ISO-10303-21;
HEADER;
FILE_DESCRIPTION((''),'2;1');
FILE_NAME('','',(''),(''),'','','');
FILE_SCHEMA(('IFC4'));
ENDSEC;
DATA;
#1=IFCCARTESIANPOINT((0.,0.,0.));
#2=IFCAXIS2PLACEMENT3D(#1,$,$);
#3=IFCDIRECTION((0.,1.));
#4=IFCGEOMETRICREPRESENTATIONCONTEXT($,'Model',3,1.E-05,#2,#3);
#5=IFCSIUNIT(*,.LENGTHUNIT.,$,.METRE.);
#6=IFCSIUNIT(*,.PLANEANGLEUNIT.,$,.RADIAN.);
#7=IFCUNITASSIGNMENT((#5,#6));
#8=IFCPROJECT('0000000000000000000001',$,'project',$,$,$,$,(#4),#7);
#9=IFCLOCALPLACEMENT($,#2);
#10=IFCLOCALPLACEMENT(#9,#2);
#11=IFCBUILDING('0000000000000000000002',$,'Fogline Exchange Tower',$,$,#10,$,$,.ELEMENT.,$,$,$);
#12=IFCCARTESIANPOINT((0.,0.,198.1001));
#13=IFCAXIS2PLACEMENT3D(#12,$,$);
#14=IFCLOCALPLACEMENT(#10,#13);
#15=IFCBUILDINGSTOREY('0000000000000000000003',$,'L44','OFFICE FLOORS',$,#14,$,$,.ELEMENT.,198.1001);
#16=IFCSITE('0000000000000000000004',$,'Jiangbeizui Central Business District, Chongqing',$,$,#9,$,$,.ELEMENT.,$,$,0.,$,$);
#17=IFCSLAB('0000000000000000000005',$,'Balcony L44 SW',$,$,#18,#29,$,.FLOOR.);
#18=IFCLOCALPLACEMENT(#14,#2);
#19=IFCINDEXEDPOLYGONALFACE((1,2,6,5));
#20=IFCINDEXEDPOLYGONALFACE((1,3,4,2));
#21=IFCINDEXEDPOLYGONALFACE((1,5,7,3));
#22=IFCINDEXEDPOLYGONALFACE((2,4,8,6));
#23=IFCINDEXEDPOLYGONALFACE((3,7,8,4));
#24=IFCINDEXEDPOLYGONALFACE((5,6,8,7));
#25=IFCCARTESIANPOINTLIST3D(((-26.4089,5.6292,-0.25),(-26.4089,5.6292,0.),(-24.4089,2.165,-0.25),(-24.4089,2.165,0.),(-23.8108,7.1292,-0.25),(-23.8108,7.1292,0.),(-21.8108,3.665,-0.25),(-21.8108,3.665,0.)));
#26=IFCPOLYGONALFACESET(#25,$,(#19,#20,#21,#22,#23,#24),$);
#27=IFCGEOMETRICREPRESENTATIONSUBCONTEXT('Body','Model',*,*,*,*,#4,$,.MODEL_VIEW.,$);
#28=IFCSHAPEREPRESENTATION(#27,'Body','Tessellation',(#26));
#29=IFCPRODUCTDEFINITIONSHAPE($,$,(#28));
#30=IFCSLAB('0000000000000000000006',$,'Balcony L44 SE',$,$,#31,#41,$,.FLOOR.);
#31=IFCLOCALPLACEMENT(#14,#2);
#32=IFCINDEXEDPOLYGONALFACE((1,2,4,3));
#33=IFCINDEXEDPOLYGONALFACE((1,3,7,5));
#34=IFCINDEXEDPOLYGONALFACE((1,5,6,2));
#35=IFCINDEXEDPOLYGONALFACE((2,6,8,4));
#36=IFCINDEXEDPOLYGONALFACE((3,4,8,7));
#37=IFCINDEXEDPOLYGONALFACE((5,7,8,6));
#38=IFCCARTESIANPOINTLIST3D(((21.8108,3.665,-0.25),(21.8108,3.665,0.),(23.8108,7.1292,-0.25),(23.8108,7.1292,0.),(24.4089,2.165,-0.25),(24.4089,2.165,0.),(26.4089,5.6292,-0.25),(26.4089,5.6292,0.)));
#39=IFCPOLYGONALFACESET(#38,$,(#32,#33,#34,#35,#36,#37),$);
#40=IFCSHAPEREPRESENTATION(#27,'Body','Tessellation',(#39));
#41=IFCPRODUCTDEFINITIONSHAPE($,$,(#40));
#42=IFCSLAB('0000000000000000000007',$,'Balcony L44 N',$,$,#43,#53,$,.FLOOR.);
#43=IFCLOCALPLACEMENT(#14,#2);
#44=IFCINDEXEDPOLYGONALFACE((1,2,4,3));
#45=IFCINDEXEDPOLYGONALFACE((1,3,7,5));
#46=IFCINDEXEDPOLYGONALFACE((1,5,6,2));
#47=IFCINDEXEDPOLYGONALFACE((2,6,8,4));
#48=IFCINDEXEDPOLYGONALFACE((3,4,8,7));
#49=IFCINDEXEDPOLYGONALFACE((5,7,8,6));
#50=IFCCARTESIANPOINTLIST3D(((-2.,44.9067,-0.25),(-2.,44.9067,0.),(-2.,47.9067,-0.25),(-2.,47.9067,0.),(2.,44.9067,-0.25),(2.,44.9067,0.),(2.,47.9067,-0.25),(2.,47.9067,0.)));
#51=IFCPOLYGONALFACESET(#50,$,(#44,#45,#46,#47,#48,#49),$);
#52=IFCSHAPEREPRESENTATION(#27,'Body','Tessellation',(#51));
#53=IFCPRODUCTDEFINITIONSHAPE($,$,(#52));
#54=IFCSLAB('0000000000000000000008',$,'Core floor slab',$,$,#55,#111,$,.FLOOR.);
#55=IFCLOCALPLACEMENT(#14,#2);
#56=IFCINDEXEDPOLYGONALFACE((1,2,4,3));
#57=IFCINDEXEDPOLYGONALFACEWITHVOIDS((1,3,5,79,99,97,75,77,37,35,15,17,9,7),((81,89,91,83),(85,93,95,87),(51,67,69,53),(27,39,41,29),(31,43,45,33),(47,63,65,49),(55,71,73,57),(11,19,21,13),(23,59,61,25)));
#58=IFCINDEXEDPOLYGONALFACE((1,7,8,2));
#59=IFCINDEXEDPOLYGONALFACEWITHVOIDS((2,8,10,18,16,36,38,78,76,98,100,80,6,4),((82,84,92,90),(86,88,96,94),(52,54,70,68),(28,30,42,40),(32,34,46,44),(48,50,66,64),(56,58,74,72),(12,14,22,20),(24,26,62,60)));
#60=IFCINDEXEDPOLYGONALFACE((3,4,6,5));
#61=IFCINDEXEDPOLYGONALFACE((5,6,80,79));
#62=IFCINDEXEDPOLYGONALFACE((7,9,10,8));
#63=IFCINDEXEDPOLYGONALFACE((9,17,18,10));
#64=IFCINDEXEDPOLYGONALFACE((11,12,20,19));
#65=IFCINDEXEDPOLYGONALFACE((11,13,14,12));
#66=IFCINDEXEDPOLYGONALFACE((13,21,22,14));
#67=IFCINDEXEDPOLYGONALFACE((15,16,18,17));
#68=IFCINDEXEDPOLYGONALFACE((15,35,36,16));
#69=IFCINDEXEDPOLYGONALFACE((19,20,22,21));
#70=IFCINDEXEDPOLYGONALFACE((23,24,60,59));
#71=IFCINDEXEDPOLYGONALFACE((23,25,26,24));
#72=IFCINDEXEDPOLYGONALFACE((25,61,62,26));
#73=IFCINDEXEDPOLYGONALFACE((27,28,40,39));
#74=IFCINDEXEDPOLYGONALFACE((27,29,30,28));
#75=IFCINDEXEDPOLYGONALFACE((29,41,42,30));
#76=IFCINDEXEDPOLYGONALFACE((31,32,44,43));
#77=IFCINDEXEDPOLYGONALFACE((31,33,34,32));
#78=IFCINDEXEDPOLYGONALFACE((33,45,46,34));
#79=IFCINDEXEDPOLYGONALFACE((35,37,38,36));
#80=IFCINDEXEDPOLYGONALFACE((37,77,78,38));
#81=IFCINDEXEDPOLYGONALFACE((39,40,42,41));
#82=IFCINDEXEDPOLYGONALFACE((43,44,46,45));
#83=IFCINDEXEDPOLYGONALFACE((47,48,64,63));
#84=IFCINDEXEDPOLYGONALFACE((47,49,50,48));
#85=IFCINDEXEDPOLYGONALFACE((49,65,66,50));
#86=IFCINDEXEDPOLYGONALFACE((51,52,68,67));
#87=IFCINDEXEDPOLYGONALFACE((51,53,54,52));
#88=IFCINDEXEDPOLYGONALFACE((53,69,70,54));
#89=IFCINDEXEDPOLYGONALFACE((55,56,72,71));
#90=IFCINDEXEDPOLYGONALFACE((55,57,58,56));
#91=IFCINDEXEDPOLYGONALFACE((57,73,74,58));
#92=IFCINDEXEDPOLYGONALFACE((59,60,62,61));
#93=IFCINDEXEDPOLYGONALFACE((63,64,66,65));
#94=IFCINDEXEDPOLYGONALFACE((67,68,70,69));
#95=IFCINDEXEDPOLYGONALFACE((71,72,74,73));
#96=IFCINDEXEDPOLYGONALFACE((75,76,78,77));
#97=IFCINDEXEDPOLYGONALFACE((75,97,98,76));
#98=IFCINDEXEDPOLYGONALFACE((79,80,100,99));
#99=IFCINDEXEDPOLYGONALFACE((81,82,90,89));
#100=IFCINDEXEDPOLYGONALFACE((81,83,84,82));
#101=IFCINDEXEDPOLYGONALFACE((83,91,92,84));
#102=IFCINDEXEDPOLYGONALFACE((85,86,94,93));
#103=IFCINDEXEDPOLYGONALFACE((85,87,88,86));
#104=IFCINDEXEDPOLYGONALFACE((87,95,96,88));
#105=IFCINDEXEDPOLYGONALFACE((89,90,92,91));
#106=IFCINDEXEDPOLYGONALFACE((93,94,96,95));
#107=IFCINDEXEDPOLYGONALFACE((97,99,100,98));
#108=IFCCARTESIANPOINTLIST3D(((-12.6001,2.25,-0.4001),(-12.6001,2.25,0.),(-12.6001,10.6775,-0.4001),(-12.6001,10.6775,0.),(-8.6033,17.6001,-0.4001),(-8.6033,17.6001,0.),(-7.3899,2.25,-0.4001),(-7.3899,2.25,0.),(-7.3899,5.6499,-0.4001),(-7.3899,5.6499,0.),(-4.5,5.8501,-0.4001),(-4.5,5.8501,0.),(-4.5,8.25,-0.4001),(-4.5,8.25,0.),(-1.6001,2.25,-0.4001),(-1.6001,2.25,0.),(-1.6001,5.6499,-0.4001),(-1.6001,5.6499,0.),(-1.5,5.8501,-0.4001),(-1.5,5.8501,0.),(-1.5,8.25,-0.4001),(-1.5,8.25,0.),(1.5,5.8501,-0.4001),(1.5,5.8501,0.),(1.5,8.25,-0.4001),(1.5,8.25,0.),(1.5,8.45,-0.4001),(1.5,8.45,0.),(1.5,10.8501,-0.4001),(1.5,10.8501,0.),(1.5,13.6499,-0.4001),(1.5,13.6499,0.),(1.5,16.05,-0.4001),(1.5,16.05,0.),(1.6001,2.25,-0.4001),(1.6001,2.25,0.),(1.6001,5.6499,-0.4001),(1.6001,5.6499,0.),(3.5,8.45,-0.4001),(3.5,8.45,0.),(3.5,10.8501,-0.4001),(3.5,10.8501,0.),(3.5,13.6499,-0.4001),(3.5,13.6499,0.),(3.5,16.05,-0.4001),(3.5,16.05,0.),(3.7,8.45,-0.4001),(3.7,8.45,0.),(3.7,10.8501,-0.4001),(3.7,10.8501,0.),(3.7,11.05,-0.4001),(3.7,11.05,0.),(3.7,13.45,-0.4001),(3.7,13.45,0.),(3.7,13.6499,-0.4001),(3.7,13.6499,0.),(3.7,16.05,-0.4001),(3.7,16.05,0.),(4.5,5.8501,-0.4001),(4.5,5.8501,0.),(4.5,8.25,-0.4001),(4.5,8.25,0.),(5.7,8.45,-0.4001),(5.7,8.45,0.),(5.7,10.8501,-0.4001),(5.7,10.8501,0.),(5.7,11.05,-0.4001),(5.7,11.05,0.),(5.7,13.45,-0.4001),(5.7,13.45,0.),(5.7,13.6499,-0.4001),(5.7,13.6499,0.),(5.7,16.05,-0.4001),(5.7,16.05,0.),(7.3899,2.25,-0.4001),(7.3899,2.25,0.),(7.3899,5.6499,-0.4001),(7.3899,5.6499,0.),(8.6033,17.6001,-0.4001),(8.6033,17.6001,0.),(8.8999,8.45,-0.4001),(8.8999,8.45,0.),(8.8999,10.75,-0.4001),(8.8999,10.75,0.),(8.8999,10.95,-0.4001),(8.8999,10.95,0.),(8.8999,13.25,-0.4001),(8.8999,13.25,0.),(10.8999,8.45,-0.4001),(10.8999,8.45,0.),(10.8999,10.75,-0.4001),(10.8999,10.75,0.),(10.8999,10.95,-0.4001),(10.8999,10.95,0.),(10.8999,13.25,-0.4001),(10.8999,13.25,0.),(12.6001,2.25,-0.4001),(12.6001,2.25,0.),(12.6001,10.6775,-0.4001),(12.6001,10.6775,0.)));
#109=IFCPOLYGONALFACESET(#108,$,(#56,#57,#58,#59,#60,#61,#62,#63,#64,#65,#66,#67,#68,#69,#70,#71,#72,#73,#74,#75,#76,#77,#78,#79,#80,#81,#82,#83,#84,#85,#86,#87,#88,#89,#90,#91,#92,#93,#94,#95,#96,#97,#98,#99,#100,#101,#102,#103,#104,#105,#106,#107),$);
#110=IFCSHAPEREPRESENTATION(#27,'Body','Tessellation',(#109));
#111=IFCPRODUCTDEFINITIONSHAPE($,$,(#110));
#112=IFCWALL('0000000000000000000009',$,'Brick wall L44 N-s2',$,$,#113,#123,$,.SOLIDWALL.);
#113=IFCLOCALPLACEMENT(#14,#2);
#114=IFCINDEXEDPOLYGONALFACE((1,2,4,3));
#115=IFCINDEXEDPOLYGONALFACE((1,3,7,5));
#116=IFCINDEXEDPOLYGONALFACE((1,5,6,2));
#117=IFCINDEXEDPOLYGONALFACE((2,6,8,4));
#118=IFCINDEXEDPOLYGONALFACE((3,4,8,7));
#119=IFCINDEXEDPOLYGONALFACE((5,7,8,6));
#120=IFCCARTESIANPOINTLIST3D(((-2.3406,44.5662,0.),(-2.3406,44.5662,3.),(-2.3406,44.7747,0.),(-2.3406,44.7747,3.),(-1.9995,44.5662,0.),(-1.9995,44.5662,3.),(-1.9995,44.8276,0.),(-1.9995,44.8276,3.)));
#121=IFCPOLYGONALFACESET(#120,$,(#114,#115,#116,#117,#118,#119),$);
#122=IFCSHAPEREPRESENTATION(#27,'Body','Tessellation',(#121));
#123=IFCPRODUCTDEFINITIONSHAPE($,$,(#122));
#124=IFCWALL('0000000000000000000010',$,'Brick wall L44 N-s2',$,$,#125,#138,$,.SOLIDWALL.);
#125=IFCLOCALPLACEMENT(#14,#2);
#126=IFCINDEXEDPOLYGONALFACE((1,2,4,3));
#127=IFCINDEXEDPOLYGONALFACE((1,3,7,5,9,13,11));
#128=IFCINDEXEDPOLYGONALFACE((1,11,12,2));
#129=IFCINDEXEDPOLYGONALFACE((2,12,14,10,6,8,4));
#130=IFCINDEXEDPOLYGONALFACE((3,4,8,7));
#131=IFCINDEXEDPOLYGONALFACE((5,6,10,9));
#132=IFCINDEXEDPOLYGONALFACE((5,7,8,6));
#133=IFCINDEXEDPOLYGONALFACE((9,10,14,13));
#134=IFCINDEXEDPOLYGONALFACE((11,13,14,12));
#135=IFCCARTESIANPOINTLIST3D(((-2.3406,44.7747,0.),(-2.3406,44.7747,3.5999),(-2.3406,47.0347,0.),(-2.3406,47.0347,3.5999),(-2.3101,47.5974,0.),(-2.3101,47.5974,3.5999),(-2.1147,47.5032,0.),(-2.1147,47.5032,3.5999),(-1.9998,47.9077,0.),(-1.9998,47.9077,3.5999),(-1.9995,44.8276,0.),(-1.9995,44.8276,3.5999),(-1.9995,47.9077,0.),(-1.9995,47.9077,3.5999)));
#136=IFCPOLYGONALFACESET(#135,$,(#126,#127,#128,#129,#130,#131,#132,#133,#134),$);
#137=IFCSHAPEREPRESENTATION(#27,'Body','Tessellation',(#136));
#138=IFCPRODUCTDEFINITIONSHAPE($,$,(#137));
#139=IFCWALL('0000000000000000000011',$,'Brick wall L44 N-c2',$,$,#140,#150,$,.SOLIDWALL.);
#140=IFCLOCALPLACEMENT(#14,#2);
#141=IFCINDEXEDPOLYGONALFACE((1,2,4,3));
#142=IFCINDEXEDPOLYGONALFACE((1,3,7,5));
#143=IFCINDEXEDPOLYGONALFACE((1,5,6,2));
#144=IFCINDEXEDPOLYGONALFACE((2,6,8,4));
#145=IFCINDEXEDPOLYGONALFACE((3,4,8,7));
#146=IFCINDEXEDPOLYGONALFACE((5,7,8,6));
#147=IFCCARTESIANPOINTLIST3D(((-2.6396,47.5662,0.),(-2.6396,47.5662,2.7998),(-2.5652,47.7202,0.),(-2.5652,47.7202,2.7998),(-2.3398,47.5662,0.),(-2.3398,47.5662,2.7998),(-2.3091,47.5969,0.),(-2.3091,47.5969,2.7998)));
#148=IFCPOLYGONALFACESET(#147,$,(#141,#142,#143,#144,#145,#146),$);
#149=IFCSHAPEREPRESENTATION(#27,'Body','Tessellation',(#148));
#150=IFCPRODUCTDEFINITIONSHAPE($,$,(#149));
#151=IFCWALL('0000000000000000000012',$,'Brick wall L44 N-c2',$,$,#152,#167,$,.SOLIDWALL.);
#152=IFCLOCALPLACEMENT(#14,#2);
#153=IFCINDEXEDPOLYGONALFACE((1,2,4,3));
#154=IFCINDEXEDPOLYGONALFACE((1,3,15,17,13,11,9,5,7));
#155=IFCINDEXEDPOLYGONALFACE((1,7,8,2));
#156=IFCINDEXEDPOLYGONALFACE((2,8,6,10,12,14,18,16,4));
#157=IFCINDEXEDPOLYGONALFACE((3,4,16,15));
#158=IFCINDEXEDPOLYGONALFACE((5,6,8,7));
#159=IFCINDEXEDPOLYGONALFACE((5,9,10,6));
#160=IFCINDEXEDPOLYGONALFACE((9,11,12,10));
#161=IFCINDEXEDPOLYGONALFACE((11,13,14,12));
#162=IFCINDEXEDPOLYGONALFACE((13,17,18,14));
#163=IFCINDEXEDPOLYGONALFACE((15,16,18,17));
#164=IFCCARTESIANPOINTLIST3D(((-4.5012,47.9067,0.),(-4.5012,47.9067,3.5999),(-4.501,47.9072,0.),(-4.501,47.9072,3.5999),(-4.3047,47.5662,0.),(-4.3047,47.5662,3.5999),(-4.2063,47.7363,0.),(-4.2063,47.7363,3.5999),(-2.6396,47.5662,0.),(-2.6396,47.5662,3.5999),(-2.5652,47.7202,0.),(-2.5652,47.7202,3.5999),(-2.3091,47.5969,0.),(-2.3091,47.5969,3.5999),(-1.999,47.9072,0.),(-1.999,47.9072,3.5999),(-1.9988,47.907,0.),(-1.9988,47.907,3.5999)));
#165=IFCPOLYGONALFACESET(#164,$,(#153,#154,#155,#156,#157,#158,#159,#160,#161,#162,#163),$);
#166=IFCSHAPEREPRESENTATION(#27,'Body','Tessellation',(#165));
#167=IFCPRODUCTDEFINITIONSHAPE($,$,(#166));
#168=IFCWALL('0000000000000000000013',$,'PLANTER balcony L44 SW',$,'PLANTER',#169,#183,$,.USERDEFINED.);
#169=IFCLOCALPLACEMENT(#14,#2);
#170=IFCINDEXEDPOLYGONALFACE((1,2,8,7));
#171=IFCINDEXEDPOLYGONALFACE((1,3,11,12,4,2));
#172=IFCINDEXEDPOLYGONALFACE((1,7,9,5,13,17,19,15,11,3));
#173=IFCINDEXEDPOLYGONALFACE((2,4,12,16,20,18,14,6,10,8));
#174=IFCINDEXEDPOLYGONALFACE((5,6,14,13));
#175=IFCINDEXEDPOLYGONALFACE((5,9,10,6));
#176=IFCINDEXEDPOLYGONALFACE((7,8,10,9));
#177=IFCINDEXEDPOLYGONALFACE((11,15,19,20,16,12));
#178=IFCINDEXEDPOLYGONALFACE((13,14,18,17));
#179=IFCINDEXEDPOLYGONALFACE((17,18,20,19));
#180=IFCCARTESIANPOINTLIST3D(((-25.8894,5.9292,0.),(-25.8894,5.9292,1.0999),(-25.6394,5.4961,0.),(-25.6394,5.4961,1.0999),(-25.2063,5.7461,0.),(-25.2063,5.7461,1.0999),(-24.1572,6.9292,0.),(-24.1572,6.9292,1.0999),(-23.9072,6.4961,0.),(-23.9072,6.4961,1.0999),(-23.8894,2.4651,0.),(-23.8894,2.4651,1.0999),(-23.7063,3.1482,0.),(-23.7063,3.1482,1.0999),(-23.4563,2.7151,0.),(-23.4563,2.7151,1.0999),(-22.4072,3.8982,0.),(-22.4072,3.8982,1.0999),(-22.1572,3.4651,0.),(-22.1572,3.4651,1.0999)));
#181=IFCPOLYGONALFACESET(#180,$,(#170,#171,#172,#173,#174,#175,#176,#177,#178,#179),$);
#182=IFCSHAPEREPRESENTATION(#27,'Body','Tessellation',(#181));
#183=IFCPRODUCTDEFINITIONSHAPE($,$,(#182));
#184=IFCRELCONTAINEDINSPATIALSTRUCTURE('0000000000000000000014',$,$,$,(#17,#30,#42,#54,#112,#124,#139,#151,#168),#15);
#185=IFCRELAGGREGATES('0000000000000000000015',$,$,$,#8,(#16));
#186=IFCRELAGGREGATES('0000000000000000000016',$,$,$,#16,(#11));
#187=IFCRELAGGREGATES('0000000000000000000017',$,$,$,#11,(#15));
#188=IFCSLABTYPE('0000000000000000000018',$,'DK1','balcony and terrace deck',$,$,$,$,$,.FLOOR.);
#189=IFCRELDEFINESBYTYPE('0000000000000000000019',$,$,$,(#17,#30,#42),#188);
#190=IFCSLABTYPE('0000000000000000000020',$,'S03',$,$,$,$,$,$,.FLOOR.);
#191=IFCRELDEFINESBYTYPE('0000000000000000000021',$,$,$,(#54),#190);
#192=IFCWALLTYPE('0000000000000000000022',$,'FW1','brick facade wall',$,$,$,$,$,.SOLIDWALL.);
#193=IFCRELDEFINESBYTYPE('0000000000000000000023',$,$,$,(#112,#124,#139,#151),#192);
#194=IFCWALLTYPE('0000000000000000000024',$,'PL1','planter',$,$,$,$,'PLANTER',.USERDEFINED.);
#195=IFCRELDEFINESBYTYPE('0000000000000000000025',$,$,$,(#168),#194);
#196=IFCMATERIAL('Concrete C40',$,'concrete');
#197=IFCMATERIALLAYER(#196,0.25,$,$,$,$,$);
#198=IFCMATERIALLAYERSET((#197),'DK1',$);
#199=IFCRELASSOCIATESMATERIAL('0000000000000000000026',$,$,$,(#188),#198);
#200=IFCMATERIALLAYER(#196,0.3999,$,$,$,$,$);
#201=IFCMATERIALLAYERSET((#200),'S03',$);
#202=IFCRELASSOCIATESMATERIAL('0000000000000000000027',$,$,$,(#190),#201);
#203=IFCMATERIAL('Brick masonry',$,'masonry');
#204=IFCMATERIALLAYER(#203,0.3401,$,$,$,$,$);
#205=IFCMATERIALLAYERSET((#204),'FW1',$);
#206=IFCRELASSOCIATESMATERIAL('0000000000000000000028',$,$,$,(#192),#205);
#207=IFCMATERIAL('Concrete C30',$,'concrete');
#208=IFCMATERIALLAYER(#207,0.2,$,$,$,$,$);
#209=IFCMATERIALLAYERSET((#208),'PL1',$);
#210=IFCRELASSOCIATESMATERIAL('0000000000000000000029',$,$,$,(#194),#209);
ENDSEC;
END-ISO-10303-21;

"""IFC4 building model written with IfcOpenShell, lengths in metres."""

from ifc_helpers import new_model, si_unit, direction, frame, origin, place, context, subcontext, project, spatial, polyline, outline, extrude, material, layer, layer_set, type_object, element, save


model = new_model("IFC4")

# Units and contexts
model_context = context("Model", 3, precision=1e-05, world=origin(), true_north=direction((0.0, 1.0)))
body_context = subcontext(model_context, "Body", "Model", "MODEL_VIEW")
ifc_project = project(units=[si_unit("LENGTHUNIT", "METRE"), si_unit("PLANEANGLEUNIT", "RADIAN")], contexts=[model_context])

# Site, building, storey
site_placement = place(None, origin())
site = spatial("IfcSite", under=ifc_project, at=site_placement, Name="Jiangbeizui Central Business District, Chongqing", CompositionType="ELEMENT", RefElevation=0.0)
building_placement = place(site_placement, origin())
building = spatial("IfcBuilding", under=site, at=building_placement, Name="Fogline Exchange Tower", CompositionType="ELEMENT")
storey_placement = place(building_placement, frame((0.0, 0.0, 198.1001)))
storey = spatial("IfcBuildingStorey", under=building, at=storey_placement, Name="L44", Description="OFFICE FLOORS", CompositionType="ELEMENT", Elevation=198.1001)

# Slabs
ifc_material_1 = material(Name="Concrete C40", Category="concrete")
ifc_layer_1 = layer(ifc_material_1, 0.25)
ifc_layer_set_1 = layer_set([ifc_layer_1], Name="DK1")
slab_type_1 = type_object("IfcSlabType", Name="DK1", Description="balcony and terrace deck", PredefinedType="FLOOR", material=ifc_layer_set_1)
slab_1_placement = place(storey_placement, frame((0.0, 0.0, -0.25)))
element("IfcSlab", 1, at=slab_1_placement, inside=storey, type_object=slab_type_1, Name="Balcony L44 SW", PredefinedType="FLOOR", context=body_context, shape_type="SweptSolid", body=[
    extrude(outline(polyline([(-26.4089, 5.6292), (-24.4089, 2.165), (-21.8108, 3.665), (-23.8108, 7.1292), (-26.4089, 5.6292)])), origin(), (0.0, 0.0, 1.0), 0.25),
])
slab_2_placement = place(storey_placement, frame((0.0, 0.0, -0.25)))
element("IfcSlab", 2, at=slab_2_placement, inside=storey, type_object=slab_type_1, Name="Balcony L44 SE", PredefinedType="FLOOR", context=body_context, shape_type="SweptSolid", body=[
    extrude(outline(polyline([(24.4089, 2.165), (26.4089, 5.6292), (23.8108, 7.1292), (21.8108, 3.665), (24.4089, 2.165)])), origin(), (0.0, 0.0, 1.0), 0.25),
])
slab_3_placement = place(storey_placement, frame((0.0, 0.0, -0.25)))
element("IfcSlab", 3, at=slab_3_placement, inside=storey, type_object=slab_type_1, Name="Balcony L44 N", PredefinedType="FLOOR", context=body_context, shape_type="SweptSolid", body=[
    extrude(outline(polyline([(2.0, 47.9067), (-2.0, 47.9067), (-2.0, 44.9067), (2.0, 44.9067), (2.0, 47.9067)])), origin(), (0.0, 0.0, 1.0), 0.25),
])
ifc_layer_2 = layer(ifc_material_1, 0.3999)
ifc_layer_set_2 = layer_set([ifc_layer_2], Name="S03")
slab_type_2 = type_object("IfcSlabType", Name="S03", PredefinedType="FLOOR", material=ifc_layer_set_2)
slab_4_placement = place(storey_placement, frame((0.0, 0.0, -0.4001)))
element("IfcSlab", 4, at=slab_4_placement, inside=storey, type_object=slab_type_2, Name="Core floor slab", PredefinedType="FLOOR", context=body_context, shape_type="SweptSolid", body=[
    extrude(outline(polyline([(-12.6001, 2.25), (-12.6001, 10.6775), (-8.6033, 17.6001), (8.6033, 17.6001), (12.6001, 10.6775), (12.6001, 2.25), (7.3899, 2.25), (7.3899, 5.6499), (1.6001, 5.6499), (1.6001, 2.25), (-1.6001, 2.25), (-1.6001, 5.6499), (-7.3899, 5.6499), (-7.3899, 2.25), (-12.6001, 2.25)]), holes=[polyline([(-4.5, 8.25), (-4.5, 5.8501), (-1.5, 5.8501), (-1.5, 8.25), (-4.5, 8.25)]), polyline([(4.5, 8.25), (1.5, 8.25), (1.5, 5.8501), (4.5, 5.8501), (4.5, 8.25)]), polyline([(3.5, 10.8501), (1.5, 10.8501), (1.5, 8.45), (3.5, 8.45), (3.5, 10.8501)]), polyline([(1.5, 16.05), (1.5, 13.6499), (3.5, 13.6499), (3.5, 16.05), (1.5, 16.05)]), polyline([(10.8999, 10.75), (8.8999, 10.75), (8.8999, 8.45), (10.8999, 8.45), (10.8999, 10.75)]), polyline([(5.7, 10.8501), (3.7, 10.8501), (3.7, 8.45), (5.7, 8.45), (5.7, 10.8501)]), polyline([(8.8999, 13.25), (8.8999, 10.95), (10.8999, 10.95), (10.8999, 13.25), (8.8999, 13.25)]), polyline([(5.7, 13.45), (3.7, 13.45), (3.7, 11.05), (5.7, 11.05), (5.7, 13.45)]), polyline([(5.7, 16.05), (3.7, 16.05), (3.7, 13.6499), (5.7, 13.6499), (5.7, 16.05)])]), origin(), (0.0, 0.0, 1.0), 0.4001),
])

# Walls
ifc_material_2 = material(Name="Brick masonry", Category="masonry")
ifc_layer_3 = layer(ifc_material_2, 0.3401)
ifc_layer_set_3 = layer_set([ifc_layer_3], Name="FW1")
wall_type_1 = type_object("IfcWallType", Name="FW1", Description="brick facade wall", PredefinedType="SOLIDWALL", material=ifc_layer_set_3)
wall_1_placement = place(storey_placement, origin())
element("IfcWall", 5, at=wall_1_placement, inside=storey, type_object=wall_type_1, Name="Brick wall L44 N-s2", PredefinedType="SOLIDWALL", context=body_context, shape_type="SweptSolid", body=[
    extrude(outline(polyline([(-2.3406, 44.5662), (-2.3406, 44.7747), (-1.9995, 44.8276), (-1.9995, 44.5662), (-2.3406, 44.5662)])), origin(), (0.0, 0.0, 1.0), 3.0),
])
wall_2_placement = place(storey_placement, origin())
element("IfcWall", 6, at=wall_2_placement, inside=storey, type_object=wall_type_1, Name="Brick wall L44 N-s2", PredefinedType="SOLIDWALL", context=body_context, shape_type="SweptSolid", body=[
    extrude(outline(polyline([(-2.3406, 47.0347), (-2.1147, 47.5032), (-2.3101, 47.5974), (-1.9998, 47.9077), (-1.9995, 47.9077), (-1.9995, 44.8276), (-2.3406, 44.7747), (-2.3406, 47.0347)])), origin(), (0.0, 0.0, 1.0), 3.5999),
])
wall_3_placement = place(storey_placement, origin())
element("IfcWall", 7, at=wall_3_placement, inside=storey, type_object=wall_type_1, Name="Brick wall L44 N-c2", PredefinedType="SOLIDWALL", context=body_context, shape_type="SweptSolid", body=[
    extrude(outline(polyline([(-2.3398, 47.5662), (-2.6396, 47.5662), (-2.5652, 47.7202), (-2.3091, 47.5969), (-2.3398, 47.5662)])), origin(), (0.0, 0.0, 1.0), 2.7998),
])
wall_4_placement = place(storey_placement, origin())
element("IfcWall", 8, at=wall_4_placement, inside=storey, type_object=wall_type_1, Name="Brick wall L44 N-c2", PredefinedType="SOLIDWALL", context=body_context, shape_type="SweptSolid", body=[
    extrude(outline(polyline([(-4.2063, 47.7363), (-4.5012, 47.9067), (-4.501, 47.9072), (-1.999, 47.9072), (-1.9988, 47.907), (-2.3091, 47.5969), (-2.5652, 47.7202), (-2.6396, 47.5662), (-4.3047, 47.5662), (-4.2063, 47.7363)])), origin(), (0.0, 0.0, 1.0), 3.5999),
])
ifc_material_3 = material(Name="Concrete C30", Category="concrete")
ifc_layer_4 = layer(ifc_material_3, 0.2)
ifc_layer_set_4 = layer_set([ifc_layer_4], Name="PL1")
wall_type_2 = type_object("IfcWallType", Name="PL1", Description="planter", ElementType="PLANTER", PredefinedType="USERDEFINED", material=ifc_layer_set_4)
wall_5_placement = place(storey_placement, origin())
element("IfcWall", 9, at=wall_5_placement, inside=storey, type_object=wall_type_2, Name="PLANTER balcony L44 SW", ObjectType="PLANTER", PredefinedType="USERDEFINED", context=body_context, shape_type="SweptSolid", body=[
    extrude(outline(polyline([(-22.4072, 3.8982), (-23.7063, 3.1482), (-25.2063, 5.7461), (-23.9072, 6.4961), (-24.1572, 6.9292), (-25.8894, 5.9292), (-25.6394, 5.4961), (-23.8894, 2.4651), (-23.4563, 2.7151), (-23.4563, 2.7151), (-22.1572, 3.4651), (-22.4072, 3.8982)])), origin(), (0.0, 0.0, 1.0), 1.0999),
])

save(model, "model.ifc")
